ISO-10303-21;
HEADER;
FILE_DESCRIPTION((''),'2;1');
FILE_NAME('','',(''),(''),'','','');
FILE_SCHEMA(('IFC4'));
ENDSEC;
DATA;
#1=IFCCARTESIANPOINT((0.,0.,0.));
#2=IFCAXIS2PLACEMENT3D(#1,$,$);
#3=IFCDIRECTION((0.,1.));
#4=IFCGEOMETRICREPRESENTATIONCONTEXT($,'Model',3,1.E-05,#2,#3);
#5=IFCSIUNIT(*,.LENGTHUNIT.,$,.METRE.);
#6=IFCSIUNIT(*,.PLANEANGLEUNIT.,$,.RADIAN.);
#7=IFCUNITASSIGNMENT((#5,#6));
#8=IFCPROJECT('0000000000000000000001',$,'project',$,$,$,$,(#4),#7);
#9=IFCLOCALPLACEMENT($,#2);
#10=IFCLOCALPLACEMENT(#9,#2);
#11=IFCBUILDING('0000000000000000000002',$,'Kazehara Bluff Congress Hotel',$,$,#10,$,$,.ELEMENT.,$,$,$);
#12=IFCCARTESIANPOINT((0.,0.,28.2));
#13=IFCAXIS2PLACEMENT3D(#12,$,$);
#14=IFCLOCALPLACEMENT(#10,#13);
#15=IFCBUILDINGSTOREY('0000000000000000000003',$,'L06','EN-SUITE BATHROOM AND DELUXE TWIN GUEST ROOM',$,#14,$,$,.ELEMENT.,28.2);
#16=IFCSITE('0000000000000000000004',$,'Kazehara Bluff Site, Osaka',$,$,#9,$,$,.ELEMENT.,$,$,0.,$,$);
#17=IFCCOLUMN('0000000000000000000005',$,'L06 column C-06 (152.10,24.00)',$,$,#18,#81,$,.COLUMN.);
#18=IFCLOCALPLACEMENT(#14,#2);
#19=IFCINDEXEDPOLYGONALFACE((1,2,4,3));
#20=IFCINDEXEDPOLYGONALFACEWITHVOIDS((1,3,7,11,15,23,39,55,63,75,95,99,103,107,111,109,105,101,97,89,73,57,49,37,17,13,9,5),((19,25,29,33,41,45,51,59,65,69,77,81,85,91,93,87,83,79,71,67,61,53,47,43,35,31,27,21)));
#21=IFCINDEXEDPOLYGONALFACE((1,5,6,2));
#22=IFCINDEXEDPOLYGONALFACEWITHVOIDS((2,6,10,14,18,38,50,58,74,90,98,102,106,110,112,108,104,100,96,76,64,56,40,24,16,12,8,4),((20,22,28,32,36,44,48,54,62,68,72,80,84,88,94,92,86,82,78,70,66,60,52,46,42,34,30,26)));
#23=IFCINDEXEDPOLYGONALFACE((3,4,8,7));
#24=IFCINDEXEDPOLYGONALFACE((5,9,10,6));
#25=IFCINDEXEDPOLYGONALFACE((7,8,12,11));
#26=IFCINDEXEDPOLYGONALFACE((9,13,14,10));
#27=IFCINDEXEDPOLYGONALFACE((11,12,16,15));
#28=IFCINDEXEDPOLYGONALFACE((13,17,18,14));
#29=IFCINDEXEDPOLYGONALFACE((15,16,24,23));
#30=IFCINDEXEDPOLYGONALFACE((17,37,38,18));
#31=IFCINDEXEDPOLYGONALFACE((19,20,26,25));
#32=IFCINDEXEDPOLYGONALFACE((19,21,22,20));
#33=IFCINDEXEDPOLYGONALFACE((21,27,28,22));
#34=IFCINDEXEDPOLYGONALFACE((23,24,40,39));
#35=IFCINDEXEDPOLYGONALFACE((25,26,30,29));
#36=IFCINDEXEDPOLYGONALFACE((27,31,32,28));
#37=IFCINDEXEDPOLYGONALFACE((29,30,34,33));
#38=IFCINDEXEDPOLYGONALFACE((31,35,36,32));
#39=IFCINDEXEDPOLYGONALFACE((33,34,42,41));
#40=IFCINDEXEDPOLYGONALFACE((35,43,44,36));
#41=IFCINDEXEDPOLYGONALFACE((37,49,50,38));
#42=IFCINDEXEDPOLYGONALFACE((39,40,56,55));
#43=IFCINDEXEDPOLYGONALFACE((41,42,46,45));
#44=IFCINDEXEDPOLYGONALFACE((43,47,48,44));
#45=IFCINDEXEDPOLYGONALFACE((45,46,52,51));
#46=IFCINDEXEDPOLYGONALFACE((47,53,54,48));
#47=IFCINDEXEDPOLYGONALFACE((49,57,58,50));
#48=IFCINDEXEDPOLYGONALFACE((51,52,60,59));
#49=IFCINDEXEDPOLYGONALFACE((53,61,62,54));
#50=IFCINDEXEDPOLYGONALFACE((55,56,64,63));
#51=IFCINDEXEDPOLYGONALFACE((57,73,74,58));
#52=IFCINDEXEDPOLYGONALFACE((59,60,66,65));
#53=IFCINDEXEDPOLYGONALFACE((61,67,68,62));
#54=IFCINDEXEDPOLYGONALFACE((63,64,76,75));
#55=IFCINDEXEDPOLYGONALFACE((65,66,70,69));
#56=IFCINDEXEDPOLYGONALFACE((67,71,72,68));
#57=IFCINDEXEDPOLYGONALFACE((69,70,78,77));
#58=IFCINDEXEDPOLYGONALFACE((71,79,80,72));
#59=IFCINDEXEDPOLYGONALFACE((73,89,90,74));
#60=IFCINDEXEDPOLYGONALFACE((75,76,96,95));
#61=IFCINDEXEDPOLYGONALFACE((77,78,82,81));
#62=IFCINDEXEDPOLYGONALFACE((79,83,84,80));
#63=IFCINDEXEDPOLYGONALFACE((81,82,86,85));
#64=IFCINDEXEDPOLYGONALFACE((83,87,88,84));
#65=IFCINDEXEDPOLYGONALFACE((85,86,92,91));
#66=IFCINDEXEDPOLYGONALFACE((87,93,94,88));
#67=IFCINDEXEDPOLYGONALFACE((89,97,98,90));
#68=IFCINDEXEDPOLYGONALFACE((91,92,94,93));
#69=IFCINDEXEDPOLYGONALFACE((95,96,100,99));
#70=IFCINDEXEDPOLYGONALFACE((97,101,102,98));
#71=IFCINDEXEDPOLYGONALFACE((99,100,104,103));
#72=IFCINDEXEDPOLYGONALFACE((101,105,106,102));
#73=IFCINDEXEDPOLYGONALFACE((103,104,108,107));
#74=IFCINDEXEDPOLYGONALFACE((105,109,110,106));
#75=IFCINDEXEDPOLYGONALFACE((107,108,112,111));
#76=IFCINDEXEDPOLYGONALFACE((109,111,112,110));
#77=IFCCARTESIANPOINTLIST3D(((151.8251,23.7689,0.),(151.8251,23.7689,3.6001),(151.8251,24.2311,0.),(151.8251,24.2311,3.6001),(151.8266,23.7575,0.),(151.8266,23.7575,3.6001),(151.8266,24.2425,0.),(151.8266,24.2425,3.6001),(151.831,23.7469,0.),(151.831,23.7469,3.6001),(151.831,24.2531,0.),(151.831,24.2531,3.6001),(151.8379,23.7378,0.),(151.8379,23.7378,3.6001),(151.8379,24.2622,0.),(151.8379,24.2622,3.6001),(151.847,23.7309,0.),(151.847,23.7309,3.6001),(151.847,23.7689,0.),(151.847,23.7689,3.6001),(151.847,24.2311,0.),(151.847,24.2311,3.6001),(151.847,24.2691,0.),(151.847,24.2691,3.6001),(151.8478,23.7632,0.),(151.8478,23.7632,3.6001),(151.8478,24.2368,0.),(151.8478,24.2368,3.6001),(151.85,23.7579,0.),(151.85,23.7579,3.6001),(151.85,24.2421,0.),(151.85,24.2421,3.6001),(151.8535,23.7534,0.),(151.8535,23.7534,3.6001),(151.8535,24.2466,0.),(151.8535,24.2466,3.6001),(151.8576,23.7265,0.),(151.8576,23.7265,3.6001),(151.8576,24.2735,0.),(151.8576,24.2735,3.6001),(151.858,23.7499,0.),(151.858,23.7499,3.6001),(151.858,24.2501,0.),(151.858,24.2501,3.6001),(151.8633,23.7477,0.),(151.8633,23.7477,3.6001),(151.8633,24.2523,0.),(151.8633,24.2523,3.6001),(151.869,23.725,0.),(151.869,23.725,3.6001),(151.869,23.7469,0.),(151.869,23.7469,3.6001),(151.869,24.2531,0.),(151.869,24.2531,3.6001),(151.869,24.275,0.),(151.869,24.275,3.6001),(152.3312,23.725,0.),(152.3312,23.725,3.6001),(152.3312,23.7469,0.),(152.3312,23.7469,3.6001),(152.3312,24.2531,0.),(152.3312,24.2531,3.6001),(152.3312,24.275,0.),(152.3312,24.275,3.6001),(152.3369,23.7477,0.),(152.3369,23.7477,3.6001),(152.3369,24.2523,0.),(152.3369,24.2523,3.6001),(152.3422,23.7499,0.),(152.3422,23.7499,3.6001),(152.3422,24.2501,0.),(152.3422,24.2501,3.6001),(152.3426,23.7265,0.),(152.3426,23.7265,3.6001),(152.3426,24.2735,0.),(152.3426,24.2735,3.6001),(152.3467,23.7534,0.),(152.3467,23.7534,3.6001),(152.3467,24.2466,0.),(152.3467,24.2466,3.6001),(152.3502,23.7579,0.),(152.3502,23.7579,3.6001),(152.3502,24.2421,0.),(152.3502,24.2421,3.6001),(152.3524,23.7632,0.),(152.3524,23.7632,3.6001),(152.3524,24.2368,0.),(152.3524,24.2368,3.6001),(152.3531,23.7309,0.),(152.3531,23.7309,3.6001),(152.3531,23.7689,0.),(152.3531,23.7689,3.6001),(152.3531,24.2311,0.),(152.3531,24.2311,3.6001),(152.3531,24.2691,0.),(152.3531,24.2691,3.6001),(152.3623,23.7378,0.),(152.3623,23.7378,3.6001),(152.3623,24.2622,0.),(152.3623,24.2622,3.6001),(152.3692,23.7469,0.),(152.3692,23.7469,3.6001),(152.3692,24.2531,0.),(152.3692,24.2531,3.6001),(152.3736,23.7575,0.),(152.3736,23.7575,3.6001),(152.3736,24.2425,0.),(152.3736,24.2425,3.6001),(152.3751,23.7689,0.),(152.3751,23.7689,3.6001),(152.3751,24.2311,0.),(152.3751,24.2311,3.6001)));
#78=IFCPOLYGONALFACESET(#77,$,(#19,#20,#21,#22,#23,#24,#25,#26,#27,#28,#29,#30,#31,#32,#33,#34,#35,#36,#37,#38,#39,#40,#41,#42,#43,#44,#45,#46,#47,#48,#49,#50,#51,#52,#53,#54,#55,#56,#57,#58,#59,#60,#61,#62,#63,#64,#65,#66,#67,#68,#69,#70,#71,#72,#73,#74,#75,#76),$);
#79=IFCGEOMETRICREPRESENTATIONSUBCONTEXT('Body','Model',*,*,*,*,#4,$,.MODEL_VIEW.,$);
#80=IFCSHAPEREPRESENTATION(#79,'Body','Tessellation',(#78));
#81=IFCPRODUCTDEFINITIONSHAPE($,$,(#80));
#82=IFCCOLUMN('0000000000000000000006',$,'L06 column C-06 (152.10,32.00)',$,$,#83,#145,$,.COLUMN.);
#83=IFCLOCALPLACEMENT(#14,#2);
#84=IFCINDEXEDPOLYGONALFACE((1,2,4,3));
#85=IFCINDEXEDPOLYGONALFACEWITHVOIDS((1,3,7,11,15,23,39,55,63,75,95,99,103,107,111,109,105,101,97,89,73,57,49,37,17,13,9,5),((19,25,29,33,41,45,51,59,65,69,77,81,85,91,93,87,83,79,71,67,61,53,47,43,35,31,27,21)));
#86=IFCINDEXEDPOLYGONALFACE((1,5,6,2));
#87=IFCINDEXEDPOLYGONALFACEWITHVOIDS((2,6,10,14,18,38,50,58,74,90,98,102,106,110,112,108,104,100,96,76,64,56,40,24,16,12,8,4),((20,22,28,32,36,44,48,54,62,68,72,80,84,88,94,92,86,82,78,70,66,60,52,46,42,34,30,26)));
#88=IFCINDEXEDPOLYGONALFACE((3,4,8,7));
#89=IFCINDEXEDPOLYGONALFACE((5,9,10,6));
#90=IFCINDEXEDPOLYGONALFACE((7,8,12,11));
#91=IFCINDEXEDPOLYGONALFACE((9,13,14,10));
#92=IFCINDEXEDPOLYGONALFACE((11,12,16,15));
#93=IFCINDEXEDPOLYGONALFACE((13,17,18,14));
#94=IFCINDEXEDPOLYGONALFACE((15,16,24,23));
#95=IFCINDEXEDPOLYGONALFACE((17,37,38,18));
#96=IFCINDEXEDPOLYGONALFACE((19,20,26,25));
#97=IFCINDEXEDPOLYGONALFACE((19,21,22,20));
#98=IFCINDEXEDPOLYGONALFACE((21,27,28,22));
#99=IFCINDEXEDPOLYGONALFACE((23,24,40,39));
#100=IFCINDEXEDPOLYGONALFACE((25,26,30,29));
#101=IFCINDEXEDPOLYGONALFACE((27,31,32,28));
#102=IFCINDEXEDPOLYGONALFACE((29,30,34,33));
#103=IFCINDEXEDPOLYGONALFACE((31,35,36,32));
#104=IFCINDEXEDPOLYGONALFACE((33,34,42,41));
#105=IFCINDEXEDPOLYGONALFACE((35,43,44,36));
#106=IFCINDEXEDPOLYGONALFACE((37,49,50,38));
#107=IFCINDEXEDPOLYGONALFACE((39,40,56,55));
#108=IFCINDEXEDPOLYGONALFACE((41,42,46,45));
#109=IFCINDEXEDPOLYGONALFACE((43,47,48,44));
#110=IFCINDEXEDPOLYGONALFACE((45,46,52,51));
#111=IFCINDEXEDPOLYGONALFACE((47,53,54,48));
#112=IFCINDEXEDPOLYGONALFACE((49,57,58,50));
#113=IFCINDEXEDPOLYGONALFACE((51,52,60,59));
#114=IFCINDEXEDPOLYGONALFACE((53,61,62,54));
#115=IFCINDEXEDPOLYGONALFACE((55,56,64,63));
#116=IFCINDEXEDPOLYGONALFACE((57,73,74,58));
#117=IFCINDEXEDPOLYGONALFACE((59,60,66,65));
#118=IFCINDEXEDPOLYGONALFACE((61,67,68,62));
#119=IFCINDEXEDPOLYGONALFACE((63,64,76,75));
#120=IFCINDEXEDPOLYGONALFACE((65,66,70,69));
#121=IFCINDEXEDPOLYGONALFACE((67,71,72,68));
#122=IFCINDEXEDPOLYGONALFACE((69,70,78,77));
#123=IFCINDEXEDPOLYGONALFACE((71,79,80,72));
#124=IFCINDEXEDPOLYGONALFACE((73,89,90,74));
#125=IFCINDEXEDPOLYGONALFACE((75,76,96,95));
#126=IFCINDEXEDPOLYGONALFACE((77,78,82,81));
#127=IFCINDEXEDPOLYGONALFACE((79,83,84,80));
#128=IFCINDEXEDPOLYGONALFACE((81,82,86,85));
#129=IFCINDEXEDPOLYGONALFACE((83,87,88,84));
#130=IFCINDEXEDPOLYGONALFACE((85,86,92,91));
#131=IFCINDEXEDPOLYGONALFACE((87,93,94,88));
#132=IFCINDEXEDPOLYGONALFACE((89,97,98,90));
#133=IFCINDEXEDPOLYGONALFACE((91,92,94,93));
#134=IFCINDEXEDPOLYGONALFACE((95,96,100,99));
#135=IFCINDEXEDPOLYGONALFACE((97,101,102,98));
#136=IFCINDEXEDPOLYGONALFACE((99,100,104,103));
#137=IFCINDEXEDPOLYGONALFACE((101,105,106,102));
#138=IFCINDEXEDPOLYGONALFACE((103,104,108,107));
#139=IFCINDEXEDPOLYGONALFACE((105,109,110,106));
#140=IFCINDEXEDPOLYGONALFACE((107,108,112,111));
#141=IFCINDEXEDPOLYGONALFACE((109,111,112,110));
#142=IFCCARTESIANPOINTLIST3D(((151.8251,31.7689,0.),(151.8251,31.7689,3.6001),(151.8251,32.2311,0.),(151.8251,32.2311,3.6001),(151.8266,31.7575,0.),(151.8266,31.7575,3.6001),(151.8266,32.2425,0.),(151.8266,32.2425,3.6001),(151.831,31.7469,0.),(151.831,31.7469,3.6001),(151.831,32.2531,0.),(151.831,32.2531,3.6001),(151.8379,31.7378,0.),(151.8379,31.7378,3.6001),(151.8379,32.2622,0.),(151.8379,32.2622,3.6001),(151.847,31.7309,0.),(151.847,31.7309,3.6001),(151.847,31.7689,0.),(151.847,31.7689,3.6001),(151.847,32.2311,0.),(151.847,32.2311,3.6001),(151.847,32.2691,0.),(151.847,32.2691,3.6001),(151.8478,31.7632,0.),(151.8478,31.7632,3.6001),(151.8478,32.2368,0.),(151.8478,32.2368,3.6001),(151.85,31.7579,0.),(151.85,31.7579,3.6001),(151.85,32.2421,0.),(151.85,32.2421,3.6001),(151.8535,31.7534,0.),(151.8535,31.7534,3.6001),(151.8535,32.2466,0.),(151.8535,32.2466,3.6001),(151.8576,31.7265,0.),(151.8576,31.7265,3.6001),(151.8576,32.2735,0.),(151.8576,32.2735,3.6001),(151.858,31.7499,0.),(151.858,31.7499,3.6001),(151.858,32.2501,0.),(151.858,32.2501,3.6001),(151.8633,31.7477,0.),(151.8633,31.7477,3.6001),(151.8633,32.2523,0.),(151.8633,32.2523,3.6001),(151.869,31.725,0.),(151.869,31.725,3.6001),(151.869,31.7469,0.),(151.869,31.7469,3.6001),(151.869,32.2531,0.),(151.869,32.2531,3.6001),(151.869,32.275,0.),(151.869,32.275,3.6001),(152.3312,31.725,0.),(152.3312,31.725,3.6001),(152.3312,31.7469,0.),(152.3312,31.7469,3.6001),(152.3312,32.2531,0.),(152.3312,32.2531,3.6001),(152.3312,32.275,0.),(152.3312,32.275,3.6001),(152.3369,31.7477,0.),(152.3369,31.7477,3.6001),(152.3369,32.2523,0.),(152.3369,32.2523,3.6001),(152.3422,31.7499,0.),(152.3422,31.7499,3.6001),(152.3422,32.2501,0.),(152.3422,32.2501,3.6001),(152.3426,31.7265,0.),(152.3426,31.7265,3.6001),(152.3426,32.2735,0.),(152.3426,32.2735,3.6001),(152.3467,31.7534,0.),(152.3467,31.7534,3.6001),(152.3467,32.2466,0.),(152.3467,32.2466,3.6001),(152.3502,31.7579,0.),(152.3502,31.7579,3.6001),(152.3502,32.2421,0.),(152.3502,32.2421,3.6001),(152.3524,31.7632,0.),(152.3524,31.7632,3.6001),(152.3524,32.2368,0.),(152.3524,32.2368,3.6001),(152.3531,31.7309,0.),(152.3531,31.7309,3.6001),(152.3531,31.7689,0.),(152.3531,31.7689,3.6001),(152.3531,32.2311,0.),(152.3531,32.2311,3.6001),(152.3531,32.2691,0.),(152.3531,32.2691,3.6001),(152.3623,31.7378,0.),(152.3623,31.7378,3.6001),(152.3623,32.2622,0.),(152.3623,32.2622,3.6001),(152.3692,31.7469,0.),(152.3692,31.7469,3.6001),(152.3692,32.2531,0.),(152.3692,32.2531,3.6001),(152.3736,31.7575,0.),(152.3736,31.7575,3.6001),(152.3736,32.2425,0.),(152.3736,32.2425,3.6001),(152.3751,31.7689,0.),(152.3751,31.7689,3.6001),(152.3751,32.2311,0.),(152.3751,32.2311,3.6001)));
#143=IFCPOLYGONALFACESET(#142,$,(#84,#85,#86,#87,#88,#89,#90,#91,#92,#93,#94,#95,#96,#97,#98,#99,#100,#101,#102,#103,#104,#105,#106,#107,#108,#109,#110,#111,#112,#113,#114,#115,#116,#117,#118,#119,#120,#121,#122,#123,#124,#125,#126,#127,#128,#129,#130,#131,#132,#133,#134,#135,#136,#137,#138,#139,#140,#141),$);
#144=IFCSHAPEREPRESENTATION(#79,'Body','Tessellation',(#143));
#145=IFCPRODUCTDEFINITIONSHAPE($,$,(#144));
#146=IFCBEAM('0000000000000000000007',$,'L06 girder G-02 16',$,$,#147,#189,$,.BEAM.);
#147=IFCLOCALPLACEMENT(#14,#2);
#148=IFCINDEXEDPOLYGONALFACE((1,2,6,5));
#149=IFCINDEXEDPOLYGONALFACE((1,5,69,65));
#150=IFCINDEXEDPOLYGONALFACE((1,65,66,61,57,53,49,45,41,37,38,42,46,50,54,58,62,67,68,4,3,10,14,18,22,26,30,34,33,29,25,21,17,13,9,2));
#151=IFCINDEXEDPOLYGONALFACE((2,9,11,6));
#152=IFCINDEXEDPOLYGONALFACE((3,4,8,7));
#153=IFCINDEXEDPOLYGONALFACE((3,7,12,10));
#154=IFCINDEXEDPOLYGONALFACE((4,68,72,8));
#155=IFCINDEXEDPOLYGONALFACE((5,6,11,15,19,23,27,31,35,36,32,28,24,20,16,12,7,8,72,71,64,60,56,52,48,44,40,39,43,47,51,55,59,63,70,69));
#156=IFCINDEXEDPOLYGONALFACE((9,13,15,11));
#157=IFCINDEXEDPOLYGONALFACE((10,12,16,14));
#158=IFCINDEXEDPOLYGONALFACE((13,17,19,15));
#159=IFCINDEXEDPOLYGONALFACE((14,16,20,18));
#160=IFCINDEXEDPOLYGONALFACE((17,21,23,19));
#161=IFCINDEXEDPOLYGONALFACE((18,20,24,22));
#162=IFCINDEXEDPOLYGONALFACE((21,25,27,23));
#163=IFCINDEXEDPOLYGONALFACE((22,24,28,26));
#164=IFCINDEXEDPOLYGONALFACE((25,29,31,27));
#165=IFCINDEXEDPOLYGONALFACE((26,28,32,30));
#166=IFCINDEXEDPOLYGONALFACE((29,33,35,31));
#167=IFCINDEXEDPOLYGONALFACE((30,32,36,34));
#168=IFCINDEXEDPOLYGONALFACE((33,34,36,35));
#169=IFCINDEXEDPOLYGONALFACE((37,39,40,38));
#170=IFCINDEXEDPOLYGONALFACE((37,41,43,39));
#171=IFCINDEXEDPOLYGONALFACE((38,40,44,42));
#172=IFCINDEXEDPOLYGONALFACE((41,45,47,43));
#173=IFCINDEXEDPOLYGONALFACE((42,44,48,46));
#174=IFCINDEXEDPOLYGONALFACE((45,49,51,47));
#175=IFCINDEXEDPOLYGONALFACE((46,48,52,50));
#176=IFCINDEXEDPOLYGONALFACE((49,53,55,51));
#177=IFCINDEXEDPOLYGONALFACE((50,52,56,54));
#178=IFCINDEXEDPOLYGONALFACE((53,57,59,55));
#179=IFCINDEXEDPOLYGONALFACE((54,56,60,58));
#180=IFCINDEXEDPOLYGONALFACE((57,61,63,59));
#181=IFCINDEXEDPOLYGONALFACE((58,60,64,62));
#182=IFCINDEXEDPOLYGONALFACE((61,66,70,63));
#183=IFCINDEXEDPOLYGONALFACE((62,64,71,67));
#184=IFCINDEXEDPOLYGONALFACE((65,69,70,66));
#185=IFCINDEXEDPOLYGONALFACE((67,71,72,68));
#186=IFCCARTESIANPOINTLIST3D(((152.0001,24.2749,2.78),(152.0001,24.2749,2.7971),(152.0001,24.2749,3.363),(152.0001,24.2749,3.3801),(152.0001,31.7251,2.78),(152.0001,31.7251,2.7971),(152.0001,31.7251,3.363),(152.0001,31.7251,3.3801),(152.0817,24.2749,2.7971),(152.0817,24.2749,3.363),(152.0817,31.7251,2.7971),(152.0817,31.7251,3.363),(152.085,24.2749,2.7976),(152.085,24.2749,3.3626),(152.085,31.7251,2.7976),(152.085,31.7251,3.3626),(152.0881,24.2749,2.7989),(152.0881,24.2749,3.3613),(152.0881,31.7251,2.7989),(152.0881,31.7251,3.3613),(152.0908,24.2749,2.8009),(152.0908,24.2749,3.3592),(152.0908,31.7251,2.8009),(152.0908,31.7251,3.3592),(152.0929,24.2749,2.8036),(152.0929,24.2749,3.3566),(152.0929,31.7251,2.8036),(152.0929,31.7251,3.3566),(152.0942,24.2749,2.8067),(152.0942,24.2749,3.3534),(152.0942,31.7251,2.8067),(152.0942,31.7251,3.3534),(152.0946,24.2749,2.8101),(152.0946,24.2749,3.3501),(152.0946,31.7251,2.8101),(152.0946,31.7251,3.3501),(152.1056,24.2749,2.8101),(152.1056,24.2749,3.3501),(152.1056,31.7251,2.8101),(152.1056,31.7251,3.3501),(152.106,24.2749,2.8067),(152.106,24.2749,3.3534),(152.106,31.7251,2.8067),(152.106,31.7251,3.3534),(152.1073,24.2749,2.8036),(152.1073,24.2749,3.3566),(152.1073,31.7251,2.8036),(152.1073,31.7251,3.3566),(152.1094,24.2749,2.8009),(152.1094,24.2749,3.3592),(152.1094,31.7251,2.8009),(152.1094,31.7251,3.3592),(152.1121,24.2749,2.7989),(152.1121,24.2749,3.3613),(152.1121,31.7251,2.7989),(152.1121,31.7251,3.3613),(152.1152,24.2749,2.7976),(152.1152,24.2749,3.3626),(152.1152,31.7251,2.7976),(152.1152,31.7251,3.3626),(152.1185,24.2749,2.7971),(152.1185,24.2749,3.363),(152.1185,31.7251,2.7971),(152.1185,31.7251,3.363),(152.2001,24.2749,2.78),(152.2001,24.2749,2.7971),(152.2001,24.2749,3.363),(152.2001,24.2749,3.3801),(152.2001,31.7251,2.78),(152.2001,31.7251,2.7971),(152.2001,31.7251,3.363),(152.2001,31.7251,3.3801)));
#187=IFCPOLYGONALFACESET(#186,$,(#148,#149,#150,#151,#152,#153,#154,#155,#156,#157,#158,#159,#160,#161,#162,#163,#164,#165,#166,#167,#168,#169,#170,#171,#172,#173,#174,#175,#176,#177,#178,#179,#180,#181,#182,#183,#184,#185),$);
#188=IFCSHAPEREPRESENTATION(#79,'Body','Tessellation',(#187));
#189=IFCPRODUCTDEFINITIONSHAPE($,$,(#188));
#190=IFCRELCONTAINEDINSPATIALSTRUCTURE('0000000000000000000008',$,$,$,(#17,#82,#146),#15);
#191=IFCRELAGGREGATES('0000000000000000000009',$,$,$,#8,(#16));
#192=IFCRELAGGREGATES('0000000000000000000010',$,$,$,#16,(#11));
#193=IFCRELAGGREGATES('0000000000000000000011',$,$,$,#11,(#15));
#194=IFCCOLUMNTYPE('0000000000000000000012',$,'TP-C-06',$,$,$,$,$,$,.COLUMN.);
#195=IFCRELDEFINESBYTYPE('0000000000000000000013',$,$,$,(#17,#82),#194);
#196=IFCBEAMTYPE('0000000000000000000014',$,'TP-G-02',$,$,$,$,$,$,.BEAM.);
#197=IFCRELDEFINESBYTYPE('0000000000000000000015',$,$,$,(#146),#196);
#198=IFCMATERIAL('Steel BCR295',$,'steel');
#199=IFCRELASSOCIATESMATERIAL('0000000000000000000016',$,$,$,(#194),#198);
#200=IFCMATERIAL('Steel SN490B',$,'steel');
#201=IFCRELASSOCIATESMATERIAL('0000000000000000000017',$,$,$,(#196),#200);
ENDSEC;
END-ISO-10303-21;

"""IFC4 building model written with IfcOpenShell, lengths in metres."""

from ifc_helpers import new_model, si_unit, direction, frame, origin, origin_2d, place, context, subcontext, project, spatial, hollow_rectangle, i_section, extrude, material, material_profile, profile_set, type_object, element, save


model = new_model("IFC4")

# Units and contexts
model_context = context("Model", 3, precision=1e-05, world=origin(), true_north=direction((0.0, 1.0)))
body_context = subcontext(model_context, "Body", "Model", "MODEL_VIEW")
ifc_project = project(units=[si_unit("LENGTHUNIT", "METRE"), si_unit("PLANEANGLEUNIT", "RADIAN")], contexts=[model_context])

# Site, building, storey
site_placement = place(None, origin())
site = spatial("IfcSite", under=ifc_project, at=site_placement, Name="Kazehara Bluff Site, Osaka", CompositionType="ELEMENT", RefElevation=0.0)
building_placement = place(site_placement, origin())
building = spatial("IfcBuilding", under=site, at=building_placement, Name="Kazehara Bluff Congress Hotel", CompositionType="ELEMENT")
storey_placement = place(building_placement, frame((0.0, 0.0, 28.2)))
storey = spatial("IfcBuildingStorey", under=building, at=storey_placement, Name="L06", Description="EN-SUITE BATHROOM AND DELUXE TWIN GUEST ROOM", CompositionType="ELEMENT", Elevation=28.2)

# Columns
ifc_material_1 = material(Name="Steel BCR295", Category="steel")
ifc_material_profile_1 = material_profile(ifc_material_1, hollow_rectangle(XDim=0.55, YDim=0.55, WallThickness=0.022, InnerFilletRadius=0.022, OuterFilletRadius=0.0439, at=origin_2d()))
ifc_profile_set_1 = profile_set([ifc_material_profile_1], Name="Steel BCR295")
column_type = type_object("IfcColumnType", Name="TP-C-06", PredefinedType="COLUMN", material=ifc_profile_set_1)
for number, where, z_axis, x_axis, name in (
    (1, (152.1001, 24.0, 0.0), (0.0, 0.0, 1.0), (1.0, 0.0, 0.0), "L06 column C-06 (152.10,24.00)"),
    (2, (152.1001, 32.0, 0.0), (0.0, 0.0, 1.0), (1.0, 0.0, 0.0), "L06 column C-06 (152.10,32.00)"),
):
    element("IfcColumn", number, at=place(storey_placement, frame(where, z_axis=z_axis, x_axis=x_axis)), inside=storey, type_object=column_type, Name=name, PredefinedType="COLUMN", context=body_context, shape_type="SweptSolid", body=[
        extrude(hollow_rectangle(XDim=0.55, YDim=0.55, WallThickness=0.022, InnerFilletRadius=0.022, OuterFilletRadius=0.0439, at=origin_2d()), origin(), (0.0, 0.0, 1.0), 3.6001),
    ])

# Beam
ifc_material_2 = material(Name="Steel SN490B", Category="steel")
ifc_material_profile_2 = material_profile(ifc_material_2, i_section(OverallWidth=0.2, OverallDepth=0.6001, WebThickness=0.011, FlangeThickness=0.0171, FilletRadius=0.0129, at=origin_2d()))
ifc_profile_set_2 = profile_set([ifc_material_profile_2], Name="Steel SN490B")
beam_type_1 = type_object("IfcBeamType", Name="TP-G-02", PredefinedType="BEAM", material=ifc_profile_set_2)
beam_1_placement = place(storey_placement, frame((152.1001, 24.2749, 3.0801), z_axis=(0.0, 1.0, 0.0), x_axis=(-1.0, 0.0, 0.0)))
element("IfcBeam", 3, at=beam_1_placement, inside=storey, type_object=beam_type_1, Name="L06 girder G-02 16", PredefinedType="BEAM", context=body_context, shape_type="SweptSolid", body=[
    extrude(i_section(OverallWidth=0.2, OverallDepth=0.6001, WebThickness=0.011, FlangeThickness=0.0171, FilletRadius=0.0129, at=origin_2d()), origin(), (0.0, 0.0, 1.0), 7.4502),
])

save(model, "model.ifc")
